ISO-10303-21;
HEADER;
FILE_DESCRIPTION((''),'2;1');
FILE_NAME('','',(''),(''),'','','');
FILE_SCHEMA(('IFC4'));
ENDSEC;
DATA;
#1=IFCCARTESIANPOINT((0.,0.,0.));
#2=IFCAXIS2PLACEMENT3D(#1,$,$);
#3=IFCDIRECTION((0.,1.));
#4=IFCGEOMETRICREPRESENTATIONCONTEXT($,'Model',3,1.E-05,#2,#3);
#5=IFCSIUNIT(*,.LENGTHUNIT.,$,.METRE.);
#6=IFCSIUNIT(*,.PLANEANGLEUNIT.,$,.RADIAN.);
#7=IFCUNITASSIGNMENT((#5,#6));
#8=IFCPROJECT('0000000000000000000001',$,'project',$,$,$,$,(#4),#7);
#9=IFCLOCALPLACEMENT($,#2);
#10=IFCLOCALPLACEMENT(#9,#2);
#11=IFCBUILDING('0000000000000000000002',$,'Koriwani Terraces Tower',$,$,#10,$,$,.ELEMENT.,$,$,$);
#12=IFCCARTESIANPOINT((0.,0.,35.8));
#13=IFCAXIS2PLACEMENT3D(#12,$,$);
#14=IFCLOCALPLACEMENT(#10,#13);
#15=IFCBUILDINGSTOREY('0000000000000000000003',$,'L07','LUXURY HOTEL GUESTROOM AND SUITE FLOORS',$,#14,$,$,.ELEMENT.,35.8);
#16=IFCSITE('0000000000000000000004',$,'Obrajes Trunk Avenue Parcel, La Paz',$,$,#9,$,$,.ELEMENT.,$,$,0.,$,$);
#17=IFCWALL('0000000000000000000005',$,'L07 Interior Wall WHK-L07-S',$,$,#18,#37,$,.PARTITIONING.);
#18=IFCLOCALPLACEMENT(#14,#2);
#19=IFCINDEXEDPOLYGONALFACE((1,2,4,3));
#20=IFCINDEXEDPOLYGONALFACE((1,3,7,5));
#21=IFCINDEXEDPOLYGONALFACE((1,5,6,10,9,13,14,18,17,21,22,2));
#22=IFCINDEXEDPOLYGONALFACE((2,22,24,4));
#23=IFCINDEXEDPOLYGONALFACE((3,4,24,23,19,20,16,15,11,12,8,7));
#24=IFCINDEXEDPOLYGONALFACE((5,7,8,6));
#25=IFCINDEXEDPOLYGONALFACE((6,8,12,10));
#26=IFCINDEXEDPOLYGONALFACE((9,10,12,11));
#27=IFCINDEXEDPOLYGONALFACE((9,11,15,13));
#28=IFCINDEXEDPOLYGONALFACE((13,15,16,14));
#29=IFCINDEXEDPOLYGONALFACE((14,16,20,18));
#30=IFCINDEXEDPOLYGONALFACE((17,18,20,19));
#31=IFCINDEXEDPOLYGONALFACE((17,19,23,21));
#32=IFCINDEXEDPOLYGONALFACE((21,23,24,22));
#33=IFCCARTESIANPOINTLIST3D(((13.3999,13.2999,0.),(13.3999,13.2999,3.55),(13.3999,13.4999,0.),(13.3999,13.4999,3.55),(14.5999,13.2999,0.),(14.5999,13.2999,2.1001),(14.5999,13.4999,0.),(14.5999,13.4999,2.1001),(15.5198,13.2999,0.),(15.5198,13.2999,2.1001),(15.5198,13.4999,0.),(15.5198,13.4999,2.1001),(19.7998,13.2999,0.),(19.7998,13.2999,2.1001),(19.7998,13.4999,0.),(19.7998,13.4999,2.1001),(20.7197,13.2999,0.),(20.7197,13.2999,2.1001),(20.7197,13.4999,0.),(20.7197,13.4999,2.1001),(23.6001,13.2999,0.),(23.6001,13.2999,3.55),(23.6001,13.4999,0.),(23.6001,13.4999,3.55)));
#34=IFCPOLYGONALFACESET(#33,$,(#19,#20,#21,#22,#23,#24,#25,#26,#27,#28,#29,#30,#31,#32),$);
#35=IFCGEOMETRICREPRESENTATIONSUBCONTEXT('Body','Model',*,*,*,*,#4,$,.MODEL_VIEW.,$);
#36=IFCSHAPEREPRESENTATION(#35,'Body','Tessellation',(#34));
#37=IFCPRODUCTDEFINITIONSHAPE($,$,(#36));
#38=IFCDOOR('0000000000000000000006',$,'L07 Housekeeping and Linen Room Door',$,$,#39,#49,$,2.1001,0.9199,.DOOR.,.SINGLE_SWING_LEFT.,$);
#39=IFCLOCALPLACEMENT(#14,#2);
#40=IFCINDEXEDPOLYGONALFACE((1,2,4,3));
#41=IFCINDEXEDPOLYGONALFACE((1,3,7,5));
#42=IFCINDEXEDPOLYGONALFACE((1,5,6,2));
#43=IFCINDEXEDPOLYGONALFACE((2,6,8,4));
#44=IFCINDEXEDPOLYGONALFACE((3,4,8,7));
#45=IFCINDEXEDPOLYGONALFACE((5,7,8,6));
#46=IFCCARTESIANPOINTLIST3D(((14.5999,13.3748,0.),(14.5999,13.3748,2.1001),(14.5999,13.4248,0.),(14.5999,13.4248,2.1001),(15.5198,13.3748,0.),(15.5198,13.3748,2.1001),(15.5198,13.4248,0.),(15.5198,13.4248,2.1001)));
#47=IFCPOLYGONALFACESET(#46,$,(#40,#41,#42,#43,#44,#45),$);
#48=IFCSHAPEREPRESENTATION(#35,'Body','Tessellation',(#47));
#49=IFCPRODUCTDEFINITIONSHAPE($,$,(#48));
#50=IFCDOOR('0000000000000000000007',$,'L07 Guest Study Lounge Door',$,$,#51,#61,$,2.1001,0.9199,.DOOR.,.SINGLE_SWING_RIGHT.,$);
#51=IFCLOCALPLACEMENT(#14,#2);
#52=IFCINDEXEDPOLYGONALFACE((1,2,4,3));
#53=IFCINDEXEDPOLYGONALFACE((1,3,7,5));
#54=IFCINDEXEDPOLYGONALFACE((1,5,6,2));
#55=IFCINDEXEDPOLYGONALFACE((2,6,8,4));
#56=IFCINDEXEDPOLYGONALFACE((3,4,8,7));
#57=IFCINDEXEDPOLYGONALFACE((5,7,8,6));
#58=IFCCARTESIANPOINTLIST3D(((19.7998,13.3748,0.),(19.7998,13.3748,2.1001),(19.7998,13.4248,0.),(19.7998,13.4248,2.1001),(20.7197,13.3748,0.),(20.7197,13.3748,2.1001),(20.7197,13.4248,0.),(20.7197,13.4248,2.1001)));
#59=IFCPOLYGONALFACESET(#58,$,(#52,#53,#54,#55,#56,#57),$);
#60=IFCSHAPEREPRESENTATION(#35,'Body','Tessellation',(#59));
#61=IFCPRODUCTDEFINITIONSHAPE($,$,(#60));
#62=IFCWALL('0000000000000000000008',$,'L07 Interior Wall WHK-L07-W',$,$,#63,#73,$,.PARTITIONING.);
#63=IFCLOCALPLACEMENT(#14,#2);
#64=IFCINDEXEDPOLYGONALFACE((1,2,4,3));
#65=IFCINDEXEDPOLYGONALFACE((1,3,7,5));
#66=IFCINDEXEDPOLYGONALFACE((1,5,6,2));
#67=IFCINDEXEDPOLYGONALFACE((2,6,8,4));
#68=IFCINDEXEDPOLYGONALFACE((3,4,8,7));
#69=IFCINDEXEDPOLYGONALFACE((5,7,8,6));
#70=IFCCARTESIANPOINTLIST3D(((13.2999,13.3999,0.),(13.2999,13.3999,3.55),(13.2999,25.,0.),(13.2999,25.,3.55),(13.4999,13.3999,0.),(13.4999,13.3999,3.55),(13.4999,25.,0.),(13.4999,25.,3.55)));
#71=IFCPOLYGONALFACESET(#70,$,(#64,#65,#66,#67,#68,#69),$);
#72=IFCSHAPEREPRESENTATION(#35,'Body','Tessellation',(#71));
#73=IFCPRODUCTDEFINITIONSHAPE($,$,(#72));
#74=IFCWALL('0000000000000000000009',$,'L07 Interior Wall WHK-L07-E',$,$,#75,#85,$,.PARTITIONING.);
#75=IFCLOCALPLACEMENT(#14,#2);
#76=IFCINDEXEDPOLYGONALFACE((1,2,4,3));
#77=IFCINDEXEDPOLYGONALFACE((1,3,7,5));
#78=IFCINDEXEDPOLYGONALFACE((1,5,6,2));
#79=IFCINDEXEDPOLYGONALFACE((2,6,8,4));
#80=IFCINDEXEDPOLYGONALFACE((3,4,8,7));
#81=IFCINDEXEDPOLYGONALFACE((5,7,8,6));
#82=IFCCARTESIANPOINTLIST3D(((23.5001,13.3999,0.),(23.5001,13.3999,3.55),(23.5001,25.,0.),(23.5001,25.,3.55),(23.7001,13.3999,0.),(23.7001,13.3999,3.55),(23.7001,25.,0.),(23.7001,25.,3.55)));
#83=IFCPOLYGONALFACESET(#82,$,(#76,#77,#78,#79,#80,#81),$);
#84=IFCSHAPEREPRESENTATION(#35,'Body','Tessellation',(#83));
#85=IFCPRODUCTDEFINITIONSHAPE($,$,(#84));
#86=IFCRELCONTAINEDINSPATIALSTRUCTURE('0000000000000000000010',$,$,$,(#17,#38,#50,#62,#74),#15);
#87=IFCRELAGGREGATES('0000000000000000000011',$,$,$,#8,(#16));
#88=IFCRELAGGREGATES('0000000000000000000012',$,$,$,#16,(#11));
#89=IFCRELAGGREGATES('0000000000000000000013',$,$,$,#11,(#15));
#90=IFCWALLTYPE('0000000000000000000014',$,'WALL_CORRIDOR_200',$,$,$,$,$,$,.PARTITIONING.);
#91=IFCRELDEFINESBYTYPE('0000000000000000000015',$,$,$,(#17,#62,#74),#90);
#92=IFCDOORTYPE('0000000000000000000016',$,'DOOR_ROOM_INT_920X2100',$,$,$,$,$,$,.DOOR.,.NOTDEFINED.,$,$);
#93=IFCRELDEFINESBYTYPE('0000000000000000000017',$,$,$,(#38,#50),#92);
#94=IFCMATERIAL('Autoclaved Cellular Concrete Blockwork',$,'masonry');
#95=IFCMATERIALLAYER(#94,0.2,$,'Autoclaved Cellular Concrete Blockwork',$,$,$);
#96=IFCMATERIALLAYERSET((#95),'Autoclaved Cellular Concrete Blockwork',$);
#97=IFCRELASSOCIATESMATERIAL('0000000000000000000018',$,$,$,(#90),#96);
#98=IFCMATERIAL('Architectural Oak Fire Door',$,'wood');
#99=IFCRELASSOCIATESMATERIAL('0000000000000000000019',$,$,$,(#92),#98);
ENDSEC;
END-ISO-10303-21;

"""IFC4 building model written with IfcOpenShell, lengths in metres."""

from ifc_helpers import new_model, si_unit, direction, frame, frame_2d, origin, place, context, subcontext, project, spatial, rectangle, extrude, material, layer, layer_set, type_object, element, fill, save


model = new_model("IFC4")

# Units and contexts
model_context = context("Model", 3, precision=1e-05, world=origin(), true_north=direction((0.0, 1.0)))
body_context = subcontext(model_context, "Body", "Model", "MODEL_VIEW")
ifc_project = project(units=[si_unit("LENGTHUNIT", "METRE"), si_unit("PLANEANGLEUNIT", "RADIAN")], contexts=[model_context])

# Site, building, storey
site_placement = place(None, origin())
site = spatial("IfcSite", under=ifc_project, at=site_placement, Name="Obrajes Trunk Avenue Parcel, La Paz", CompositionType="ELEMENT", RefElevation=0.0)
building_placement = place(site_placement, origin())
building = spatial("IfcBuilding", under=site, at=building_placement, Name="Koriwani Terraces Tower", CompositionType="ELEMENT")
storey_placement = place(building_placement, frame((0.0, 0.0, 35.8)))
storey = spatial("IfcBuildingStorey", under=building, at=storey_placement, Name="L07", Description="LUXURY HOTEL GUESTROOM AND SUITE FLOORS", CompositionType="ELEMENT", Elevation=35.8)

# Wall, openings, doors
ifc_material_1 = material(Name="Autoclaved Cellular Concrete Blockwork", Category="masonry")
ifc_layer_1 = layer(ifc_material_1, 0.2, Name="Autoclaved Cellular Concrete Blockwork")
ifc_layer_set_1 = layer_set([ifc_layer_1], Name="Autoclaved Cellular Concrete Blockwork")
wall_type_1 = type_object("IfcWallType", Name="WALL_CORRIDOR_200", PredefinedType="PARTITIONING", material=ifc_layer_set_1)
wall_1_placement = place(storey_placement, frame((13.3999, 13.3999, 0.0), z_axis=(0.0, 0.0, 1.0), x_axis=(1.0, 0.0, 0.0)))
wall_1 = element("IfcWall", 1, at=wall_1_placement, inside=storey, type_object=wall_type_1, Name="L07 Interior Wall WHK-L07-S", PredefinedType="PARTITIONING", context=body_context, shape_type="SweptSolid", body=[
    extrude(rectangle(XDim=10.2002, YDim=0.2, at=frame_2d((5.1001, 0.0))), origin(), (0.0, 0.0, 1.0), 3.55),
])
opening_1_placement = place(wall_1_placement, frame((1.2, 0.0, 0.0)))
opening_1 = element("IfcOpeningElement", 2, at=opening_1_placement, cuts=wall_1, PredefinedType="OPENING", context=body_context, shape_type="SweptSolid", body=[
    extrude(rectangle(XDim=0.9199, YDim=2.1001, at=frame_2d((0.46, 1.05))), frame((0.0, 0.1099, 0.0), z_axis=(0.0, -1.0, 0.0), x_axis=(1.0, 0.0, 0.0)), (0.0, 0.0, 1.0), 0.22),
])
opening_2_placement = place(wall_1_placement, frame((6.3999, 0.0, 0.0)))
opening_2 = element("IfcOpeningElement", 3, at=opening_2_placement, cuts=wall_1, PredefinedType="OPENING", context=body_context, shape_type="SweptSolid", body=[
    extrude(rectangle(XDim=0.9199, YDim=2.1001, at=frame_2d((0.46, 1.05))), frame((0.0, 0.1099, 0.0), z_axis=(0.0, -1.0, 0.0), x_axis=(1.0, 0.0, 0.0)), (0.0, 0.0, 1.0), 0.22),
])
ifc_material_2 = material(Name="Architectural Oak Fire Door", Category="wood")
door_type_1 = type_object("IfcDoorType", Name="DOOR_ROOM_INT_920X2100", OperationType="NOTDEFINED", PredefinedType="DOOR", material=ifc_material_2)
door_1_placement = place(opening_1_placement, origin())
door_1 = element("IfcDoor", 4, at=door_1_placement, inside=storey, type_object=door_type_1, Name="L07 Housekeeping and Linen Room Door", OperationType="SINGLE_SWING_LEFT", OverallHeight=2.1001, OverallWidth=0.9199, PredefinedType="DOOR", context=body_context, shape_type="SweptSolid", body=[
    extrude(rectangle(XDim=0.9199, YDim=2.1001, at=frame_2d((0.46, 1.05))), frame((0.0, 0.0249, 0.0), z_axis=(0.0, -1.0, 0.0), x_axis=(1.0, 0.0, 0.0)), (0.0, 0.0, 1.0), 0.05),
])
fill(opening_1, door_1)
door_2_placement = place(opening_2_placement, origin())
door_2 = element("IfcDoor", 5, at=door_2_placement, inside=storey, type_object=door_type_1, Name="L07 Guest Study Lounge Door", OperationType="SINGLE_SWING_RIGHT", OverallHeight=2.1001, OverallWidth=0.9199, PredefinedType="DOOR", context=body_context, shape_type="SweptSolid", body=[
    extrude(rectangle(XDim=0.9199, YDim=2.1001, at=frame_2d((0.46, 1.05))), frame((0.0, 0.0249, 0.0), z_axis=(0.0, -1.0, 0.0), x_axis=(1.0, 0.0, 0.0)), (0.0, 0.0, 1.0), 0.05),
])
fill(opening_2, door_2)

# Walls
for number, where, z_axis, x_axis, name in (
    (6, (13.3999, 13.3999, 0.0), (0.0, 0.0, 1.0), (0.0, 1.0, 0.0), "L07 Interior Wall WHK-L07-W"),
    (7, (23.6001, 13.3999, 0.0), (0.0, 0.0, 1.0), (0.0, 1.0, 0.0), "L07 Interior Wall WHK-L07-E"),
):
    element("IfcWall", number, at=place(storey_placement, frame(where, z_axis=z_axis, x_axis=x_axis)), inside=storey, type_object=wall_type_1, Name=name, PredefinedType="PARTITIONING", context=body_context, shape_type="SweptSolid", body=[
        extrude(rectangle(XDim=11.6001, YDim=0.2, at=frame_2d((5.8, 0.0))), origin(), (0.0, 0.0, 1.0), 3.55),
    ])

save(model, "model.ifc")
